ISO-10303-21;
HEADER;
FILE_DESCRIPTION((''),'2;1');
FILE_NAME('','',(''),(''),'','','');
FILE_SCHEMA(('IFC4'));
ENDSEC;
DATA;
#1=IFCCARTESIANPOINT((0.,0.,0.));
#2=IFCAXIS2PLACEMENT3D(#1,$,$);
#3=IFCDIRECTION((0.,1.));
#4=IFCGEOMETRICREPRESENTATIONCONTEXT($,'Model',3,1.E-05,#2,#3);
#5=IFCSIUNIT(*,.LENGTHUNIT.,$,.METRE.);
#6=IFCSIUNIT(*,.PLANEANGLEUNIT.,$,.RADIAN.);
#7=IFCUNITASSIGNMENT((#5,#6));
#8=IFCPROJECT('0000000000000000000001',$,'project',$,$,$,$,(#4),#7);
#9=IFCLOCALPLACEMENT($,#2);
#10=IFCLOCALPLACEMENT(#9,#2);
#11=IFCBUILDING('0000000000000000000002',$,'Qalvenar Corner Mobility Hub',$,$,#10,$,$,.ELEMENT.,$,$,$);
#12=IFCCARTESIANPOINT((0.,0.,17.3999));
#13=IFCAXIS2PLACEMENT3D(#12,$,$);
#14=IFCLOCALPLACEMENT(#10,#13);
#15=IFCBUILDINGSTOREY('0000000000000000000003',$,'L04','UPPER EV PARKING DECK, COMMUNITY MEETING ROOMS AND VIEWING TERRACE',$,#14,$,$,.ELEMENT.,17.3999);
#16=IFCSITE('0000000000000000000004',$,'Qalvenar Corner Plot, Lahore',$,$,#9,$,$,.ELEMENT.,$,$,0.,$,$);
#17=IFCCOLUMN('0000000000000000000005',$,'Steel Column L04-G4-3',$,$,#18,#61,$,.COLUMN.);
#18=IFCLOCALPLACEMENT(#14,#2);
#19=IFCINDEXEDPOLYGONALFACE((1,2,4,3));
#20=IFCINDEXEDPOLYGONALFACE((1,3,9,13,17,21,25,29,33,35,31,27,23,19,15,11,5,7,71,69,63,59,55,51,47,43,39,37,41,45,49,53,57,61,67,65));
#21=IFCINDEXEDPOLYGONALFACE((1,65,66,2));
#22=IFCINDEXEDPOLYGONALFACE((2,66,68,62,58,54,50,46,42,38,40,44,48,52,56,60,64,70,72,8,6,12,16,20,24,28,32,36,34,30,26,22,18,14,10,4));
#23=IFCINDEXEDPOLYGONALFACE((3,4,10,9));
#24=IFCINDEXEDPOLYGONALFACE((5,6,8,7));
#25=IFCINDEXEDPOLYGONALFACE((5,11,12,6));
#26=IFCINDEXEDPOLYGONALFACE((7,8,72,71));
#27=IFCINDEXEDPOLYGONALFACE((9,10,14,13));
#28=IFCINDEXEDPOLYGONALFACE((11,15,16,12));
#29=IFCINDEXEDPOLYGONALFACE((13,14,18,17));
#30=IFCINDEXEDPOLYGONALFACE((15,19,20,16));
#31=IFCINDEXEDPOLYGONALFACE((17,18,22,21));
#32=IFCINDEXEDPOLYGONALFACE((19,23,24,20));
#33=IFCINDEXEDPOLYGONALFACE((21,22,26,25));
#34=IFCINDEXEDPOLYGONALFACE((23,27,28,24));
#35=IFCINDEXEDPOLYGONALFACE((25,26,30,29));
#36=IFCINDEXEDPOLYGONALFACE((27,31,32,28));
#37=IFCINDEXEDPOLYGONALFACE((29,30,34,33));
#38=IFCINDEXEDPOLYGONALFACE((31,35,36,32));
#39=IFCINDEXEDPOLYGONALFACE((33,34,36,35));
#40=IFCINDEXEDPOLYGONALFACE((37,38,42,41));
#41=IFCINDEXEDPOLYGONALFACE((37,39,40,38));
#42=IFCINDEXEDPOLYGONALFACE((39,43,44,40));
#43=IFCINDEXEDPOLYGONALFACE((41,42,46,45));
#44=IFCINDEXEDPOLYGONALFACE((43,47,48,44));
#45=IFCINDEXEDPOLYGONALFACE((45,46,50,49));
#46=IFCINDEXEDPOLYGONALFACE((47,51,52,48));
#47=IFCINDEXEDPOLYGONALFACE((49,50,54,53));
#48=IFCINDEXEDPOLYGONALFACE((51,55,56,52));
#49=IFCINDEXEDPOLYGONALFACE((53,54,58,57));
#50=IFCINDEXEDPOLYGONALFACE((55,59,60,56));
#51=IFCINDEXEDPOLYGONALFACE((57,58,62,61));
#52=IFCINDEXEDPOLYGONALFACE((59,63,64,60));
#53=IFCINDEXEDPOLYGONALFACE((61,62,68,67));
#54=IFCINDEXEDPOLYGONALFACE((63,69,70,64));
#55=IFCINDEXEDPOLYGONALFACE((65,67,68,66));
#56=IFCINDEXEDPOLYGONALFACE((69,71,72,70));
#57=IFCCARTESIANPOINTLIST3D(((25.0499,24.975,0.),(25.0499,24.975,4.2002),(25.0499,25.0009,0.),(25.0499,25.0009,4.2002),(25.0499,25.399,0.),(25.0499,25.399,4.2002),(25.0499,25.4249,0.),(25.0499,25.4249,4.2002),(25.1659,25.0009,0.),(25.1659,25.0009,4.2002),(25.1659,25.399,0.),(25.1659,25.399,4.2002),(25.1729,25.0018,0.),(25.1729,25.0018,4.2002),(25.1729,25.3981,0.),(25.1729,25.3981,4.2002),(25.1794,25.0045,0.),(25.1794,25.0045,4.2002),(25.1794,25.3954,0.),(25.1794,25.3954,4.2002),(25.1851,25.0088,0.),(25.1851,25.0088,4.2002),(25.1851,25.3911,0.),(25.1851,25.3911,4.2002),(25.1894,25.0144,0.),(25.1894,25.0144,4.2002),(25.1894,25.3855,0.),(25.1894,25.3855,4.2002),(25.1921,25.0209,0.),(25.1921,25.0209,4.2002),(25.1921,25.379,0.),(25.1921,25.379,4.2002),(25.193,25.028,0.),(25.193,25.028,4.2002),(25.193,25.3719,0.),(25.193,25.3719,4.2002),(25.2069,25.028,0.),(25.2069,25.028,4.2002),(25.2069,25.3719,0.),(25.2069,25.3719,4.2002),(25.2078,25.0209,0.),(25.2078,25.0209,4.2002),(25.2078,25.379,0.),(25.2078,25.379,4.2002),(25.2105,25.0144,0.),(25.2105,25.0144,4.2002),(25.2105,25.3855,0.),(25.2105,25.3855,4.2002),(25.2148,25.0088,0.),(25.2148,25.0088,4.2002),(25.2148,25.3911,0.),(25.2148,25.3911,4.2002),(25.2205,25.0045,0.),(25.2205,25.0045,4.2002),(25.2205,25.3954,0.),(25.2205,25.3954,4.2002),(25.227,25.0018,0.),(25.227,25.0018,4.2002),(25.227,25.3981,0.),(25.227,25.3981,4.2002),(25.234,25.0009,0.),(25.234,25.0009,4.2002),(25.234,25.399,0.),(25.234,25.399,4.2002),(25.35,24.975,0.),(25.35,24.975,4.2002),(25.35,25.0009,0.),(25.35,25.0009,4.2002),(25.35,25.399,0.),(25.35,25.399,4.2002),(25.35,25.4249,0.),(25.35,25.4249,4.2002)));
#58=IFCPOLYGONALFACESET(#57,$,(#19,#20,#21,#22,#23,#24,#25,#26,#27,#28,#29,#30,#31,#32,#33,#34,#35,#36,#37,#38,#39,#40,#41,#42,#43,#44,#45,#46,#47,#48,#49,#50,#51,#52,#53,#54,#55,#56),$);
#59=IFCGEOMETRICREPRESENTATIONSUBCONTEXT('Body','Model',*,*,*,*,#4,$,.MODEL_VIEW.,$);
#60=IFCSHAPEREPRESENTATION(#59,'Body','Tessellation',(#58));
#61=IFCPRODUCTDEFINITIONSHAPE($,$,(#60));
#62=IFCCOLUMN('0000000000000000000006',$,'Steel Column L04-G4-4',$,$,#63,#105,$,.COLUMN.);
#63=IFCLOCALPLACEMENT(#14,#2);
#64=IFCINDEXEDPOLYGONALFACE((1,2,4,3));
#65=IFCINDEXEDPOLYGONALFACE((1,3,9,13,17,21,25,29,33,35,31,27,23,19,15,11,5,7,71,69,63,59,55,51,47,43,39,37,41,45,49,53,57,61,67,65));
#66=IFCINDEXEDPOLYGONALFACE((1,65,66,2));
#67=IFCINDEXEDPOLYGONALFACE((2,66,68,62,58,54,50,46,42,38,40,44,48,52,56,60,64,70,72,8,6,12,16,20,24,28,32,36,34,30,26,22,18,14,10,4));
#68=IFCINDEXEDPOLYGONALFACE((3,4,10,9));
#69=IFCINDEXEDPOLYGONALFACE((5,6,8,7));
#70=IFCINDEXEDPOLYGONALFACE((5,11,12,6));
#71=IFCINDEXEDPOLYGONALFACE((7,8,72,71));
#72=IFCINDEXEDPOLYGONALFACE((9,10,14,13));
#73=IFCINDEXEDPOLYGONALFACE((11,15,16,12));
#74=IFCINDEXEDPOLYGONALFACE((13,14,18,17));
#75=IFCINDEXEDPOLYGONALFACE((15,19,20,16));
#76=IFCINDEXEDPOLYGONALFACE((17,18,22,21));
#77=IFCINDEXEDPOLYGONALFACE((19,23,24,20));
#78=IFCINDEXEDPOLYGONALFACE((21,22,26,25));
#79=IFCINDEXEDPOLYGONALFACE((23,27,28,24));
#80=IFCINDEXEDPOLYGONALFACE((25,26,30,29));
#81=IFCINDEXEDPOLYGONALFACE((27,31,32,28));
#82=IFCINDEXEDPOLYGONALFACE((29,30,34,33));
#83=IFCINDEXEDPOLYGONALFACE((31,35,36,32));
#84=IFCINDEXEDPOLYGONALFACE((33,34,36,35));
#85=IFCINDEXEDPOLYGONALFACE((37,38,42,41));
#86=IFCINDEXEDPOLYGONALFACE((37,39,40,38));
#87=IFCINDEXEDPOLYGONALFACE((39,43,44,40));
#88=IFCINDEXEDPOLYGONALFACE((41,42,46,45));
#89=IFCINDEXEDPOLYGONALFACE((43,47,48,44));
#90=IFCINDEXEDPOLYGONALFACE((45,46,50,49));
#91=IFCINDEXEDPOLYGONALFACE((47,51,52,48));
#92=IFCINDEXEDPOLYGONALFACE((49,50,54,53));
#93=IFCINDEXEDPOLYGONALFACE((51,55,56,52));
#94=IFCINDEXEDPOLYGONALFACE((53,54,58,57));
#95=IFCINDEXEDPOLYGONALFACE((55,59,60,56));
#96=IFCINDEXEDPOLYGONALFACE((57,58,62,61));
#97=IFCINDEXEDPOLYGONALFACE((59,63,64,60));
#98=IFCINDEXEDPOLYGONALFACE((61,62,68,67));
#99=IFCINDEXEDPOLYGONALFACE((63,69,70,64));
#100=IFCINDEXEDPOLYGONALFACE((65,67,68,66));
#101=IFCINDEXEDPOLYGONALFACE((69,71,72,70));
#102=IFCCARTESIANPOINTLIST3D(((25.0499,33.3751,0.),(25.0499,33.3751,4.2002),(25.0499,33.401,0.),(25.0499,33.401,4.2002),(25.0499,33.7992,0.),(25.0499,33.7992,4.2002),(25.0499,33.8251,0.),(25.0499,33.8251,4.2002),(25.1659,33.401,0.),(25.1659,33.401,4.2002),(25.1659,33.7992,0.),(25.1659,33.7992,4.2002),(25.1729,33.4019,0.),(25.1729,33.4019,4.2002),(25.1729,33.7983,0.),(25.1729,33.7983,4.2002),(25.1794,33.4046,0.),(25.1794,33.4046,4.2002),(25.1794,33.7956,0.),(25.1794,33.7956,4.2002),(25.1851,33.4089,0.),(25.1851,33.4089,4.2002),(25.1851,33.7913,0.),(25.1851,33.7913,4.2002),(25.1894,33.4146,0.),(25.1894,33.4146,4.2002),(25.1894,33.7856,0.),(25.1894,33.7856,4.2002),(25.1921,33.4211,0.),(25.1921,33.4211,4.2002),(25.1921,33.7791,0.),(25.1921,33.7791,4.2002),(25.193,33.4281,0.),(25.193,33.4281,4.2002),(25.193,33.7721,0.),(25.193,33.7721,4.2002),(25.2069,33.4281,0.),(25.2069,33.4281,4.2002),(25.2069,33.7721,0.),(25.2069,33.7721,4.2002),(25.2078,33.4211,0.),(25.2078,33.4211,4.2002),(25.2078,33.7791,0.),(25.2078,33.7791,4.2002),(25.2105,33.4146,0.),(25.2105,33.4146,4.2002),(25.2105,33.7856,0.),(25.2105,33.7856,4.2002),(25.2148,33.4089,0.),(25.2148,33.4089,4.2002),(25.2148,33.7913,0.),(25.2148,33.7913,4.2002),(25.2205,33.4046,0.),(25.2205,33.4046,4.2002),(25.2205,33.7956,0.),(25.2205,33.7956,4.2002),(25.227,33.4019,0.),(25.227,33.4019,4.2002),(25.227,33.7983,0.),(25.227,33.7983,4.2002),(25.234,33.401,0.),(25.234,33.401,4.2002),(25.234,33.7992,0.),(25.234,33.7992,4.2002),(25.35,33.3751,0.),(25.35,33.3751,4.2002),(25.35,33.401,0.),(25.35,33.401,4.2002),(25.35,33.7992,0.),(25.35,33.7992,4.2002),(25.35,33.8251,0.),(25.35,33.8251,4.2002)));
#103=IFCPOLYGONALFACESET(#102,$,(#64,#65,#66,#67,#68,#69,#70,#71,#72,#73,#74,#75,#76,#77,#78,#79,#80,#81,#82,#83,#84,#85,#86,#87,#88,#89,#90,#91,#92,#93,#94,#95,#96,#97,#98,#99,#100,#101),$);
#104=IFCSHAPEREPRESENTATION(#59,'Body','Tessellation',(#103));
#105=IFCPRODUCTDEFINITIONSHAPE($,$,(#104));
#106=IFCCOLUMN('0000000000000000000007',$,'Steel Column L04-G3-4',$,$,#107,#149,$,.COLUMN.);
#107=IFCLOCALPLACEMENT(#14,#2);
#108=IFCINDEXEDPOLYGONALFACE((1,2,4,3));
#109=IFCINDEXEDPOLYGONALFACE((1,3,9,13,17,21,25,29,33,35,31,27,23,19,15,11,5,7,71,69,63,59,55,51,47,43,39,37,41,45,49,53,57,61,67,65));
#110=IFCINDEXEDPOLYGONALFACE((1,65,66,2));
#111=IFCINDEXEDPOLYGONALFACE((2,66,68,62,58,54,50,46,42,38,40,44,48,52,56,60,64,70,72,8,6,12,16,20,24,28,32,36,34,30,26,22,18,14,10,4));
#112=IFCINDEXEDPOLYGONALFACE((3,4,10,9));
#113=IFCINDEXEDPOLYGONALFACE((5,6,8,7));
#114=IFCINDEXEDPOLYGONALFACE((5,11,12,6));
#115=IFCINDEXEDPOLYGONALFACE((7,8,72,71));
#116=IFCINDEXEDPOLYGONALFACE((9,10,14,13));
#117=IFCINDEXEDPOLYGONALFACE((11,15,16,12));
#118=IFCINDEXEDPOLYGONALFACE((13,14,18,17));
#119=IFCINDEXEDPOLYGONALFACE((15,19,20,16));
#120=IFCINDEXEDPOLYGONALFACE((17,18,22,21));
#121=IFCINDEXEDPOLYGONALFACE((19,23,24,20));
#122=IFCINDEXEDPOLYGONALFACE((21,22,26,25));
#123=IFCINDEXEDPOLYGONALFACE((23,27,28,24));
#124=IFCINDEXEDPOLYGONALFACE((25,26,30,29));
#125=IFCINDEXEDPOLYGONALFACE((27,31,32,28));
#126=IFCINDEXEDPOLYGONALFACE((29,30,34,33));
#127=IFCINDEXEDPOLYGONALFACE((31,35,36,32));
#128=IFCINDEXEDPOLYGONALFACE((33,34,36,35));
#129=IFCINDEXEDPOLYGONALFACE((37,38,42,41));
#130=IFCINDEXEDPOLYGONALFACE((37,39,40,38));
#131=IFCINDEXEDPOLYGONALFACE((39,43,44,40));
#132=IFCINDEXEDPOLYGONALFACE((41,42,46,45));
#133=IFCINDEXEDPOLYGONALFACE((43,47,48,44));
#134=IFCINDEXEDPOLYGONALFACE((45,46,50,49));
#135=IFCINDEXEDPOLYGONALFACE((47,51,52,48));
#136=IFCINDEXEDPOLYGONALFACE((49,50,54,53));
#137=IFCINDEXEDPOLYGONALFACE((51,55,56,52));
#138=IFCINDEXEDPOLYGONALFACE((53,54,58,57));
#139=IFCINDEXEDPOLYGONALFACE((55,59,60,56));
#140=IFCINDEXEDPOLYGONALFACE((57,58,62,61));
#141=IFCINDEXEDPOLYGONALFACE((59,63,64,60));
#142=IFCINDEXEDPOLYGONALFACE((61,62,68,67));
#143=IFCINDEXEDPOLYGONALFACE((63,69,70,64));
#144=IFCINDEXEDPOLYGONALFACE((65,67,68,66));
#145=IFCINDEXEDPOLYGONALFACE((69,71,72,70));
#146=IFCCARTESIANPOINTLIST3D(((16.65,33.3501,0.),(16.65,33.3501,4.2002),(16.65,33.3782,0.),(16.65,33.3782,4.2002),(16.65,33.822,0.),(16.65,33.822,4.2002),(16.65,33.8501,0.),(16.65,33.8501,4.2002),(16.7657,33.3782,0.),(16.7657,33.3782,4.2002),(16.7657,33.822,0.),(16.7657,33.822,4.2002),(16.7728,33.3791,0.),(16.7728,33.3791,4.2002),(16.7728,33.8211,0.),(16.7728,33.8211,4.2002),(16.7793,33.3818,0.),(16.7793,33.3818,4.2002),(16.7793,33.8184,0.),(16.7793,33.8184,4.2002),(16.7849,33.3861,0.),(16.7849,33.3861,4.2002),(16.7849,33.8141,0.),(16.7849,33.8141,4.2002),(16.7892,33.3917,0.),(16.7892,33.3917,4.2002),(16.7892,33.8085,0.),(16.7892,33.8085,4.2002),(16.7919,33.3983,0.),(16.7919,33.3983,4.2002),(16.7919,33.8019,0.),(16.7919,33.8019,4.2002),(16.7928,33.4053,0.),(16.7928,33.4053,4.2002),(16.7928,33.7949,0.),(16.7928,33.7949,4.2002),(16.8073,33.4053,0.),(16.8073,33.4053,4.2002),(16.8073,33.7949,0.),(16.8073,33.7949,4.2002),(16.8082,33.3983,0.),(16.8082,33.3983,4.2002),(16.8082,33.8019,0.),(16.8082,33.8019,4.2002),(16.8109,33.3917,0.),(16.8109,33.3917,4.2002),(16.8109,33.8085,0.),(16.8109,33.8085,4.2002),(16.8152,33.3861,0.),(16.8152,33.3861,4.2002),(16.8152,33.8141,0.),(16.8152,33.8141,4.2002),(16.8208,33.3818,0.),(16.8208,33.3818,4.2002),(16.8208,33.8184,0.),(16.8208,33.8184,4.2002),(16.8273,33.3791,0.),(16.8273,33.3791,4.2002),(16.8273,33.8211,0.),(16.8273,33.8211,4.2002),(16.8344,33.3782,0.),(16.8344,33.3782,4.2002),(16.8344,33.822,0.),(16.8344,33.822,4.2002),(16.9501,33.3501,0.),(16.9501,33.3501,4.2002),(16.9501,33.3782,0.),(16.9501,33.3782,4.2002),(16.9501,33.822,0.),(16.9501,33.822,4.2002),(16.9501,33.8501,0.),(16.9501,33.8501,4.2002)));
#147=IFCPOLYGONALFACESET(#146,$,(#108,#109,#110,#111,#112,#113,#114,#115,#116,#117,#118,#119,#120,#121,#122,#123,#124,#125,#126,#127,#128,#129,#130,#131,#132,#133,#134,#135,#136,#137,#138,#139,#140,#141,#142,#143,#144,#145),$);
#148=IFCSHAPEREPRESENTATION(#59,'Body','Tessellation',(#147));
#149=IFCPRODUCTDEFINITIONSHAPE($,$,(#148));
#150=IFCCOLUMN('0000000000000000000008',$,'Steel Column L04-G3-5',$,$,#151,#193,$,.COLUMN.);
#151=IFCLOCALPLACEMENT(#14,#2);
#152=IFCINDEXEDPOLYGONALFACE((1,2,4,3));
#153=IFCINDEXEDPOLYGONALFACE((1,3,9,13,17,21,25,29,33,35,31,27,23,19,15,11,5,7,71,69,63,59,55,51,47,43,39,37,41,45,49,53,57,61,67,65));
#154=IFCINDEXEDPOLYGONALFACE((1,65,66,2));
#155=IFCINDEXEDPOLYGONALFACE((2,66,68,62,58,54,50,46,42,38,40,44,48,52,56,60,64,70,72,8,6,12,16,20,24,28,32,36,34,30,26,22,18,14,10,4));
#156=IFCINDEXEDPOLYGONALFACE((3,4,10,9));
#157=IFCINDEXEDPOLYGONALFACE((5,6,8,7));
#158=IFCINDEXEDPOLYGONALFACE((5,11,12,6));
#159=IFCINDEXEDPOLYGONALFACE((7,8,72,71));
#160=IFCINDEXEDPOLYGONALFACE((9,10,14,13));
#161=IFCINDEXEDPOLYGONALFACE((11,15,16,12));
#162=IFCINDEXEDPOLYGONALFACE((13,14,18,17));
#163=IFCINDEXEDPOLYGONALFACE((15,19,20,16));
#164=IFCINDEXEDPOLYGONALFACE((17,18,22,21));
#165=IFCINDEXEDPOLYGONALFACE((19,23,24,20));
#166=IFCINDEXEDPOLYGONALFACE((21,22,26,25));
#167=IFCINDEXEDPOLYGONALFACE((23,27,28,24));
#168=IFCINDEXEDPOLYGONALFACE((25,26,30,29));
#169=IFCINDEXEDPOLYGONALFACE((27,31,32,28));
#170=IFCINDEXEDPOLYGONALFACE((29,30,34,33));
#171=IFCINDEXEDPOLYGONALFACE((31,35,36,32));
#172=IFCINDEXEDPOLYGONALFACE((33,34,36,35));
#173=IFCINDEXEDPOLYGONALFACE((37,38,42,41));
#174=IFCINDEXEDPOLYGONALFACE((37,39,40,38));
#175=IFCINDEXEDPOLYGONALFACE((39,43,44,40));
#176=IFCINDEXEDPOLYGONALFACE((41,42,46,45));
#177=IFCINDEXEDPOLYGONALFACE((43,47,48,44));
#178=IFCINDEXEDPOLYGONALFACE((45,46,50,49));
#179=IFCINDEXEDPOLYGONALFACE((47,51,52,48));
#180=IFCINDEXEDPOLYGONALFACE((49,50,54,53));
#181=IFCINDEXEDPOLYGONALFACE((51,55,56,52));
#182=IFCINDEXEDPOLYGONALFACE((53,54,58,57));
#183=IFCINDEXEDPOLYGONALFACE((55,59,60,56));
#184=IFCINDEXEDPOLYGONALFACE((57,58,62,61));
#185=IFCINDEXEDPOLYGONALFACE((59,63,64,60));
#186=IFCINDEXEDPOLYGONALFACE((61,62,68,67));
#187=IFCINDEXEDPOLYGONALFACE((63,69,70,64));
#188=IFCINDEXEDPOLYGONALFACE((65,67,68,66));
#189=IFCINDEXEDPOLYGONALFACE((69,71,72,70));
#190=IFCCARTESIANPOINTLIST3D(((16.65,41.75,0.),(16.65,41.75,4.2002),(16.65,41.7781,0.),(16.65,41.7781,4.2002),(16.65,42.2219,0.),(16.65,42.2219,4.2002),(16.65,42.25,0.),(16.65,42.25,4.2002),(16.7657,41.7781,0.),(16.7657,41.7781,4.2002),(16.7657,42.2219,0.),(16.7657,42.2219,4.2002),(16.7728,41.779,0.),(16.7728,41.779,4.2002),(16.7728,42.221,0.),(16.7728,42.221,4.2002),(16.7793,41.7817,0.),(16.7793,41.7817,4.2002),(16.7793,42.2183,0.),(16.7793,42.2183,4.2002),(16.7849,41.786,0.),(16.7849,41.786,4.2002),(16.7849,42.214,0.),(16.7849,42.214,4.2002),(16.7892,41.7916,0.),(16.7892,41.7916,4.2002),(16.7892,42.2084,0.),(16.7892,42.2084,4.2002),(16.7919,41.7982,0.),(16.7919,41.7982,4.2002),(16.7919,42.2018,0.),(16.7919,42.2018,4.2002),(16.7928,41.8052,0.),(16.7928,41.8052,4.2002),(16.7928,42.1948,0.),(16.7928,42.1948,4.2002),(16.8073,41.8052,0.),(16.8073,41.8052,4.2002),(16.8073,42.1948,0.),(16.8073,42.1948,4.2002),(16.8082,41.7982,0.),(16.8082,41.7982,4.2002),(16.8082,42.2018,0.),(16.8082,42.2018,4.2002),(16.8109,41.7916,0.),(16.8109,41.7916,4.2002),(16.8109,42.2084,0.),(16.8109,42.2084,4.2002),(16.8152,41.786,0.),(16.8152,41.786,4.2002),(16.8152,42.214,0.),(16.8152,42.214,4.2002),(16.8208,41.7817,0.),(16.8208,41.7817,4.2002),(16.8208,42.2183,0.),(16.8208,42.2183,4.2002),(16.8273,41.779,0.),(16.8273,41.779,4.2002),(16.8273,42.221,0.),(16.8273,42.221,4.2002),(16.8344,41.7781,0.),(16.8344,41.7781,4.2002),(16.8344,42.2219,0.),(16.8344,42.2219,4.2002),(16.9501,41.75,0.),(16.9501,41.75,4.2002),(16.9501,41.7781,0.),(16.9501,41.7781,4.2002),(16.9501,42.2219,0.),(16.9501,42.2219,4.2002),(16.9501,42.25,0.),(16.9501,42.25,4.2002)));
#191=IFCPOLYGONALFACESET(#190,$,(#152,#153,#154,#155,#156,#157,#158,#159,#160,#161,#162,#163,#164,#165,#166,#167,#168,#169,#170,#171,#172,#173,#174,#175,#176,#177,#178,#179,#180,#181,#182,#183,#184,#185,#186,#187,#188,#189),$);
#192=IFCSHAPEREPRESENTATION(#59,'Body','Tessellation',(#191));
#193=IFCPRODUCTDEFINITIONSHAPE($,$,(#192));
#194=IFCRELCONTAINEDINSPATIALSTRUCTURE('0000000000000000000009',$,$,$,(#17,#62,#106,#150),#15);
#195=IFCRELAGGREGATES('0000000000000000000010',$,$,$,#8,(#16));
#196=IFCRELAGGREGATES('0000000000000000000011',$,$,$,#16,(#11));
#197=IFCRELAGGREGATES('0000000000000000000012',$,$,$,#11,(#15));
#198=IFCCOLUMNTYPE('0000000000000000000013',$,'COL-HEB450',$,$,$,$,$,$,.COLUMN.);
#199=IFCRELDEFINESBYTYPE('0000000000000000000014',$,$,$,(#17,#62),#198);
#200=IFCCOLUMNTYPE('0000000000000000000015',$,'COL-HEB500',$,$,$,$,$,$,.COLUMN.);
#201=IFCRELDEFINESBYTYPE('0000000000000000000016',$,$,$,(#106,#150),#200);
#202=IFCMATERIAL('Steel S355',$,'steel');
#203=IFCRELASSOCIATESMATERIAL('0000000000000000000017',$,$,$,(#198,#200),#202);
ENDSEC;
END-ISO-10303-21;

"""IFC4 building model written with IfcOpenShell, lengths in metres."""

from ifc_helpers import new_model, si_unit, direction, frame, origin, origin_2d, place, context, subcontext, project, spatial, i_section, extrude, material, material_profile, profile_set, type_object, element, save


model = new_model("IFC4")

# Units and contexts
model_context = context("Model", 3, precision=1e-05, world=origin(), true_north=direction((0.0, 1.0)))
body_context = subcontext(model_context, "Body", "Model", "MODEL_VIEW")
ifc_project = project(units=[si_unit("LENGTHUNIT", "METRE"), si_unit("PLANEANGLEUNIT", "RADIAN")], contexts=[model_context])

# Site, building, storey
site_placement = place(None, origin())
site = spatial("IfcSite", under=ifc_project, at=site_placement, Name="Qalvenar Corner Plot, Lahore", CompositionType="ELEMENT", RefElevation=0.0)
building_placement = place(site_placement, origin())
building = spatial("IfcBuilding", under=site, at=building_placement, Name="Qalvenar Corner Mobility Hub", CompositionType="ELEMENT")
storey_placement = place(building_placement, frame((0.0, 0.0, 17.3999)))
storey = spatial("IfcBuildingStorey", under=building, at=storey_placement, Name="L04", Description="UPPER EV PARKING DECK, COMMUNITY MEETING ROOMS AND VIEWING TERRACE", CompositionType="ELEMENT", Elevation=17.3999)

# Columns
ifc_material_1 = material(Name="Steel S355", Category="steel")
ifc_material_profile_1 = material_profile(ifc_material_1, i_section(OverallWidth=0.3, OverallDepth=0.45, WebThickness=0.0139, FlangeThickness=0.0259, FilletRadius=0.0271, at=origin_2d()), Name="HEB450")
ifc_profile_set_1 = profile_set([ifc_material_profile_1], Name="Steel S355")
column_type_1 = type_object("IfcColumnType", Name="COL-HEB450", PredefinedType="COLUMN", material=ifc_profile_set_1)
for number, where, z_axis, x_axis, name in (
    (1, (25.2, 25.2, 0.0), (0.0, 0.0, 1.0), (1.0, 0.0, 0.0), "Steel Column L04-G4-3"),
    (2, (25.2, 33.6001, 0.0), (0.0, 0.0, 1.0), (1.0, 0.0, 0.0), "Steel Column L04-G4-4"),
):
    element("IfcColumn", number, at=place(storey_placement, frame(where, z_axis=z_axis, x_axis=x_axis)), inside=storey, type_object=column_type_1, Name=name, PredefinedType="COLUMN", context=body_context, shape_type="SweptSolid", body=[
        extrude(i_section(OverallWidth=0.3, OverallDepth=0.45, WebThickness=0.0139, FlangeThickness=0.0259, FilletRadius=0.0271, at=origin_2d()), origin(), (0.0, 0.0, 1.0), 4.2002),
    ])
ifc_material_profile_2 = material_profile(ifc_material_1, i_section(OverallWidth=0.3, OverallDepth=0.5, WebThickness=0.0144, FlangeThickness=0.0281, FilletRadius=0.0271, at=origin_2d()), Name="HEB500")
ifc_profile_set_2 = profile_set([ifc_material_profile_2], Name="Steel S355")
column_type_2 = type_object("IfcColumnType", Name="COL-HEB500", PredefinedType="COLUMN", material=ifc_profile_set_2)
for number, where, z_axis, x_axis, name in (
    (3, (16.8, 33.6001, 0.0), (0.0, 0.0, 1.0), (1.0, 0.0, 0.0), "Steel Column L04-G3-4"),
    (4, (16.8, 42.0, 0.0), (0.0, 0.0, 1.0), (1.0, 0.0, 0.0), "Steel Column L04-G3-5"),
):
    element("IfcColumn", number, at=place(storey_placement, frame(where, z_axis=z_axis, x_axis=x_axis)), inside=storey, type_object=column_type_2, Name=name, PredefinedType="COLUMN", context=body_context, shape_type="SweptSolid", body=[
        extrude(i_section(OverallWidth=0.3, OverallDepth=0.5, WebThickness=0.0144, FlangeThickness=0.0281, FilletRadius=0.0271, at=origin_2d()), origin(), (0.0, 0.0, 1.0), 4.2002),
    ])

save(model, "model.ifc")
